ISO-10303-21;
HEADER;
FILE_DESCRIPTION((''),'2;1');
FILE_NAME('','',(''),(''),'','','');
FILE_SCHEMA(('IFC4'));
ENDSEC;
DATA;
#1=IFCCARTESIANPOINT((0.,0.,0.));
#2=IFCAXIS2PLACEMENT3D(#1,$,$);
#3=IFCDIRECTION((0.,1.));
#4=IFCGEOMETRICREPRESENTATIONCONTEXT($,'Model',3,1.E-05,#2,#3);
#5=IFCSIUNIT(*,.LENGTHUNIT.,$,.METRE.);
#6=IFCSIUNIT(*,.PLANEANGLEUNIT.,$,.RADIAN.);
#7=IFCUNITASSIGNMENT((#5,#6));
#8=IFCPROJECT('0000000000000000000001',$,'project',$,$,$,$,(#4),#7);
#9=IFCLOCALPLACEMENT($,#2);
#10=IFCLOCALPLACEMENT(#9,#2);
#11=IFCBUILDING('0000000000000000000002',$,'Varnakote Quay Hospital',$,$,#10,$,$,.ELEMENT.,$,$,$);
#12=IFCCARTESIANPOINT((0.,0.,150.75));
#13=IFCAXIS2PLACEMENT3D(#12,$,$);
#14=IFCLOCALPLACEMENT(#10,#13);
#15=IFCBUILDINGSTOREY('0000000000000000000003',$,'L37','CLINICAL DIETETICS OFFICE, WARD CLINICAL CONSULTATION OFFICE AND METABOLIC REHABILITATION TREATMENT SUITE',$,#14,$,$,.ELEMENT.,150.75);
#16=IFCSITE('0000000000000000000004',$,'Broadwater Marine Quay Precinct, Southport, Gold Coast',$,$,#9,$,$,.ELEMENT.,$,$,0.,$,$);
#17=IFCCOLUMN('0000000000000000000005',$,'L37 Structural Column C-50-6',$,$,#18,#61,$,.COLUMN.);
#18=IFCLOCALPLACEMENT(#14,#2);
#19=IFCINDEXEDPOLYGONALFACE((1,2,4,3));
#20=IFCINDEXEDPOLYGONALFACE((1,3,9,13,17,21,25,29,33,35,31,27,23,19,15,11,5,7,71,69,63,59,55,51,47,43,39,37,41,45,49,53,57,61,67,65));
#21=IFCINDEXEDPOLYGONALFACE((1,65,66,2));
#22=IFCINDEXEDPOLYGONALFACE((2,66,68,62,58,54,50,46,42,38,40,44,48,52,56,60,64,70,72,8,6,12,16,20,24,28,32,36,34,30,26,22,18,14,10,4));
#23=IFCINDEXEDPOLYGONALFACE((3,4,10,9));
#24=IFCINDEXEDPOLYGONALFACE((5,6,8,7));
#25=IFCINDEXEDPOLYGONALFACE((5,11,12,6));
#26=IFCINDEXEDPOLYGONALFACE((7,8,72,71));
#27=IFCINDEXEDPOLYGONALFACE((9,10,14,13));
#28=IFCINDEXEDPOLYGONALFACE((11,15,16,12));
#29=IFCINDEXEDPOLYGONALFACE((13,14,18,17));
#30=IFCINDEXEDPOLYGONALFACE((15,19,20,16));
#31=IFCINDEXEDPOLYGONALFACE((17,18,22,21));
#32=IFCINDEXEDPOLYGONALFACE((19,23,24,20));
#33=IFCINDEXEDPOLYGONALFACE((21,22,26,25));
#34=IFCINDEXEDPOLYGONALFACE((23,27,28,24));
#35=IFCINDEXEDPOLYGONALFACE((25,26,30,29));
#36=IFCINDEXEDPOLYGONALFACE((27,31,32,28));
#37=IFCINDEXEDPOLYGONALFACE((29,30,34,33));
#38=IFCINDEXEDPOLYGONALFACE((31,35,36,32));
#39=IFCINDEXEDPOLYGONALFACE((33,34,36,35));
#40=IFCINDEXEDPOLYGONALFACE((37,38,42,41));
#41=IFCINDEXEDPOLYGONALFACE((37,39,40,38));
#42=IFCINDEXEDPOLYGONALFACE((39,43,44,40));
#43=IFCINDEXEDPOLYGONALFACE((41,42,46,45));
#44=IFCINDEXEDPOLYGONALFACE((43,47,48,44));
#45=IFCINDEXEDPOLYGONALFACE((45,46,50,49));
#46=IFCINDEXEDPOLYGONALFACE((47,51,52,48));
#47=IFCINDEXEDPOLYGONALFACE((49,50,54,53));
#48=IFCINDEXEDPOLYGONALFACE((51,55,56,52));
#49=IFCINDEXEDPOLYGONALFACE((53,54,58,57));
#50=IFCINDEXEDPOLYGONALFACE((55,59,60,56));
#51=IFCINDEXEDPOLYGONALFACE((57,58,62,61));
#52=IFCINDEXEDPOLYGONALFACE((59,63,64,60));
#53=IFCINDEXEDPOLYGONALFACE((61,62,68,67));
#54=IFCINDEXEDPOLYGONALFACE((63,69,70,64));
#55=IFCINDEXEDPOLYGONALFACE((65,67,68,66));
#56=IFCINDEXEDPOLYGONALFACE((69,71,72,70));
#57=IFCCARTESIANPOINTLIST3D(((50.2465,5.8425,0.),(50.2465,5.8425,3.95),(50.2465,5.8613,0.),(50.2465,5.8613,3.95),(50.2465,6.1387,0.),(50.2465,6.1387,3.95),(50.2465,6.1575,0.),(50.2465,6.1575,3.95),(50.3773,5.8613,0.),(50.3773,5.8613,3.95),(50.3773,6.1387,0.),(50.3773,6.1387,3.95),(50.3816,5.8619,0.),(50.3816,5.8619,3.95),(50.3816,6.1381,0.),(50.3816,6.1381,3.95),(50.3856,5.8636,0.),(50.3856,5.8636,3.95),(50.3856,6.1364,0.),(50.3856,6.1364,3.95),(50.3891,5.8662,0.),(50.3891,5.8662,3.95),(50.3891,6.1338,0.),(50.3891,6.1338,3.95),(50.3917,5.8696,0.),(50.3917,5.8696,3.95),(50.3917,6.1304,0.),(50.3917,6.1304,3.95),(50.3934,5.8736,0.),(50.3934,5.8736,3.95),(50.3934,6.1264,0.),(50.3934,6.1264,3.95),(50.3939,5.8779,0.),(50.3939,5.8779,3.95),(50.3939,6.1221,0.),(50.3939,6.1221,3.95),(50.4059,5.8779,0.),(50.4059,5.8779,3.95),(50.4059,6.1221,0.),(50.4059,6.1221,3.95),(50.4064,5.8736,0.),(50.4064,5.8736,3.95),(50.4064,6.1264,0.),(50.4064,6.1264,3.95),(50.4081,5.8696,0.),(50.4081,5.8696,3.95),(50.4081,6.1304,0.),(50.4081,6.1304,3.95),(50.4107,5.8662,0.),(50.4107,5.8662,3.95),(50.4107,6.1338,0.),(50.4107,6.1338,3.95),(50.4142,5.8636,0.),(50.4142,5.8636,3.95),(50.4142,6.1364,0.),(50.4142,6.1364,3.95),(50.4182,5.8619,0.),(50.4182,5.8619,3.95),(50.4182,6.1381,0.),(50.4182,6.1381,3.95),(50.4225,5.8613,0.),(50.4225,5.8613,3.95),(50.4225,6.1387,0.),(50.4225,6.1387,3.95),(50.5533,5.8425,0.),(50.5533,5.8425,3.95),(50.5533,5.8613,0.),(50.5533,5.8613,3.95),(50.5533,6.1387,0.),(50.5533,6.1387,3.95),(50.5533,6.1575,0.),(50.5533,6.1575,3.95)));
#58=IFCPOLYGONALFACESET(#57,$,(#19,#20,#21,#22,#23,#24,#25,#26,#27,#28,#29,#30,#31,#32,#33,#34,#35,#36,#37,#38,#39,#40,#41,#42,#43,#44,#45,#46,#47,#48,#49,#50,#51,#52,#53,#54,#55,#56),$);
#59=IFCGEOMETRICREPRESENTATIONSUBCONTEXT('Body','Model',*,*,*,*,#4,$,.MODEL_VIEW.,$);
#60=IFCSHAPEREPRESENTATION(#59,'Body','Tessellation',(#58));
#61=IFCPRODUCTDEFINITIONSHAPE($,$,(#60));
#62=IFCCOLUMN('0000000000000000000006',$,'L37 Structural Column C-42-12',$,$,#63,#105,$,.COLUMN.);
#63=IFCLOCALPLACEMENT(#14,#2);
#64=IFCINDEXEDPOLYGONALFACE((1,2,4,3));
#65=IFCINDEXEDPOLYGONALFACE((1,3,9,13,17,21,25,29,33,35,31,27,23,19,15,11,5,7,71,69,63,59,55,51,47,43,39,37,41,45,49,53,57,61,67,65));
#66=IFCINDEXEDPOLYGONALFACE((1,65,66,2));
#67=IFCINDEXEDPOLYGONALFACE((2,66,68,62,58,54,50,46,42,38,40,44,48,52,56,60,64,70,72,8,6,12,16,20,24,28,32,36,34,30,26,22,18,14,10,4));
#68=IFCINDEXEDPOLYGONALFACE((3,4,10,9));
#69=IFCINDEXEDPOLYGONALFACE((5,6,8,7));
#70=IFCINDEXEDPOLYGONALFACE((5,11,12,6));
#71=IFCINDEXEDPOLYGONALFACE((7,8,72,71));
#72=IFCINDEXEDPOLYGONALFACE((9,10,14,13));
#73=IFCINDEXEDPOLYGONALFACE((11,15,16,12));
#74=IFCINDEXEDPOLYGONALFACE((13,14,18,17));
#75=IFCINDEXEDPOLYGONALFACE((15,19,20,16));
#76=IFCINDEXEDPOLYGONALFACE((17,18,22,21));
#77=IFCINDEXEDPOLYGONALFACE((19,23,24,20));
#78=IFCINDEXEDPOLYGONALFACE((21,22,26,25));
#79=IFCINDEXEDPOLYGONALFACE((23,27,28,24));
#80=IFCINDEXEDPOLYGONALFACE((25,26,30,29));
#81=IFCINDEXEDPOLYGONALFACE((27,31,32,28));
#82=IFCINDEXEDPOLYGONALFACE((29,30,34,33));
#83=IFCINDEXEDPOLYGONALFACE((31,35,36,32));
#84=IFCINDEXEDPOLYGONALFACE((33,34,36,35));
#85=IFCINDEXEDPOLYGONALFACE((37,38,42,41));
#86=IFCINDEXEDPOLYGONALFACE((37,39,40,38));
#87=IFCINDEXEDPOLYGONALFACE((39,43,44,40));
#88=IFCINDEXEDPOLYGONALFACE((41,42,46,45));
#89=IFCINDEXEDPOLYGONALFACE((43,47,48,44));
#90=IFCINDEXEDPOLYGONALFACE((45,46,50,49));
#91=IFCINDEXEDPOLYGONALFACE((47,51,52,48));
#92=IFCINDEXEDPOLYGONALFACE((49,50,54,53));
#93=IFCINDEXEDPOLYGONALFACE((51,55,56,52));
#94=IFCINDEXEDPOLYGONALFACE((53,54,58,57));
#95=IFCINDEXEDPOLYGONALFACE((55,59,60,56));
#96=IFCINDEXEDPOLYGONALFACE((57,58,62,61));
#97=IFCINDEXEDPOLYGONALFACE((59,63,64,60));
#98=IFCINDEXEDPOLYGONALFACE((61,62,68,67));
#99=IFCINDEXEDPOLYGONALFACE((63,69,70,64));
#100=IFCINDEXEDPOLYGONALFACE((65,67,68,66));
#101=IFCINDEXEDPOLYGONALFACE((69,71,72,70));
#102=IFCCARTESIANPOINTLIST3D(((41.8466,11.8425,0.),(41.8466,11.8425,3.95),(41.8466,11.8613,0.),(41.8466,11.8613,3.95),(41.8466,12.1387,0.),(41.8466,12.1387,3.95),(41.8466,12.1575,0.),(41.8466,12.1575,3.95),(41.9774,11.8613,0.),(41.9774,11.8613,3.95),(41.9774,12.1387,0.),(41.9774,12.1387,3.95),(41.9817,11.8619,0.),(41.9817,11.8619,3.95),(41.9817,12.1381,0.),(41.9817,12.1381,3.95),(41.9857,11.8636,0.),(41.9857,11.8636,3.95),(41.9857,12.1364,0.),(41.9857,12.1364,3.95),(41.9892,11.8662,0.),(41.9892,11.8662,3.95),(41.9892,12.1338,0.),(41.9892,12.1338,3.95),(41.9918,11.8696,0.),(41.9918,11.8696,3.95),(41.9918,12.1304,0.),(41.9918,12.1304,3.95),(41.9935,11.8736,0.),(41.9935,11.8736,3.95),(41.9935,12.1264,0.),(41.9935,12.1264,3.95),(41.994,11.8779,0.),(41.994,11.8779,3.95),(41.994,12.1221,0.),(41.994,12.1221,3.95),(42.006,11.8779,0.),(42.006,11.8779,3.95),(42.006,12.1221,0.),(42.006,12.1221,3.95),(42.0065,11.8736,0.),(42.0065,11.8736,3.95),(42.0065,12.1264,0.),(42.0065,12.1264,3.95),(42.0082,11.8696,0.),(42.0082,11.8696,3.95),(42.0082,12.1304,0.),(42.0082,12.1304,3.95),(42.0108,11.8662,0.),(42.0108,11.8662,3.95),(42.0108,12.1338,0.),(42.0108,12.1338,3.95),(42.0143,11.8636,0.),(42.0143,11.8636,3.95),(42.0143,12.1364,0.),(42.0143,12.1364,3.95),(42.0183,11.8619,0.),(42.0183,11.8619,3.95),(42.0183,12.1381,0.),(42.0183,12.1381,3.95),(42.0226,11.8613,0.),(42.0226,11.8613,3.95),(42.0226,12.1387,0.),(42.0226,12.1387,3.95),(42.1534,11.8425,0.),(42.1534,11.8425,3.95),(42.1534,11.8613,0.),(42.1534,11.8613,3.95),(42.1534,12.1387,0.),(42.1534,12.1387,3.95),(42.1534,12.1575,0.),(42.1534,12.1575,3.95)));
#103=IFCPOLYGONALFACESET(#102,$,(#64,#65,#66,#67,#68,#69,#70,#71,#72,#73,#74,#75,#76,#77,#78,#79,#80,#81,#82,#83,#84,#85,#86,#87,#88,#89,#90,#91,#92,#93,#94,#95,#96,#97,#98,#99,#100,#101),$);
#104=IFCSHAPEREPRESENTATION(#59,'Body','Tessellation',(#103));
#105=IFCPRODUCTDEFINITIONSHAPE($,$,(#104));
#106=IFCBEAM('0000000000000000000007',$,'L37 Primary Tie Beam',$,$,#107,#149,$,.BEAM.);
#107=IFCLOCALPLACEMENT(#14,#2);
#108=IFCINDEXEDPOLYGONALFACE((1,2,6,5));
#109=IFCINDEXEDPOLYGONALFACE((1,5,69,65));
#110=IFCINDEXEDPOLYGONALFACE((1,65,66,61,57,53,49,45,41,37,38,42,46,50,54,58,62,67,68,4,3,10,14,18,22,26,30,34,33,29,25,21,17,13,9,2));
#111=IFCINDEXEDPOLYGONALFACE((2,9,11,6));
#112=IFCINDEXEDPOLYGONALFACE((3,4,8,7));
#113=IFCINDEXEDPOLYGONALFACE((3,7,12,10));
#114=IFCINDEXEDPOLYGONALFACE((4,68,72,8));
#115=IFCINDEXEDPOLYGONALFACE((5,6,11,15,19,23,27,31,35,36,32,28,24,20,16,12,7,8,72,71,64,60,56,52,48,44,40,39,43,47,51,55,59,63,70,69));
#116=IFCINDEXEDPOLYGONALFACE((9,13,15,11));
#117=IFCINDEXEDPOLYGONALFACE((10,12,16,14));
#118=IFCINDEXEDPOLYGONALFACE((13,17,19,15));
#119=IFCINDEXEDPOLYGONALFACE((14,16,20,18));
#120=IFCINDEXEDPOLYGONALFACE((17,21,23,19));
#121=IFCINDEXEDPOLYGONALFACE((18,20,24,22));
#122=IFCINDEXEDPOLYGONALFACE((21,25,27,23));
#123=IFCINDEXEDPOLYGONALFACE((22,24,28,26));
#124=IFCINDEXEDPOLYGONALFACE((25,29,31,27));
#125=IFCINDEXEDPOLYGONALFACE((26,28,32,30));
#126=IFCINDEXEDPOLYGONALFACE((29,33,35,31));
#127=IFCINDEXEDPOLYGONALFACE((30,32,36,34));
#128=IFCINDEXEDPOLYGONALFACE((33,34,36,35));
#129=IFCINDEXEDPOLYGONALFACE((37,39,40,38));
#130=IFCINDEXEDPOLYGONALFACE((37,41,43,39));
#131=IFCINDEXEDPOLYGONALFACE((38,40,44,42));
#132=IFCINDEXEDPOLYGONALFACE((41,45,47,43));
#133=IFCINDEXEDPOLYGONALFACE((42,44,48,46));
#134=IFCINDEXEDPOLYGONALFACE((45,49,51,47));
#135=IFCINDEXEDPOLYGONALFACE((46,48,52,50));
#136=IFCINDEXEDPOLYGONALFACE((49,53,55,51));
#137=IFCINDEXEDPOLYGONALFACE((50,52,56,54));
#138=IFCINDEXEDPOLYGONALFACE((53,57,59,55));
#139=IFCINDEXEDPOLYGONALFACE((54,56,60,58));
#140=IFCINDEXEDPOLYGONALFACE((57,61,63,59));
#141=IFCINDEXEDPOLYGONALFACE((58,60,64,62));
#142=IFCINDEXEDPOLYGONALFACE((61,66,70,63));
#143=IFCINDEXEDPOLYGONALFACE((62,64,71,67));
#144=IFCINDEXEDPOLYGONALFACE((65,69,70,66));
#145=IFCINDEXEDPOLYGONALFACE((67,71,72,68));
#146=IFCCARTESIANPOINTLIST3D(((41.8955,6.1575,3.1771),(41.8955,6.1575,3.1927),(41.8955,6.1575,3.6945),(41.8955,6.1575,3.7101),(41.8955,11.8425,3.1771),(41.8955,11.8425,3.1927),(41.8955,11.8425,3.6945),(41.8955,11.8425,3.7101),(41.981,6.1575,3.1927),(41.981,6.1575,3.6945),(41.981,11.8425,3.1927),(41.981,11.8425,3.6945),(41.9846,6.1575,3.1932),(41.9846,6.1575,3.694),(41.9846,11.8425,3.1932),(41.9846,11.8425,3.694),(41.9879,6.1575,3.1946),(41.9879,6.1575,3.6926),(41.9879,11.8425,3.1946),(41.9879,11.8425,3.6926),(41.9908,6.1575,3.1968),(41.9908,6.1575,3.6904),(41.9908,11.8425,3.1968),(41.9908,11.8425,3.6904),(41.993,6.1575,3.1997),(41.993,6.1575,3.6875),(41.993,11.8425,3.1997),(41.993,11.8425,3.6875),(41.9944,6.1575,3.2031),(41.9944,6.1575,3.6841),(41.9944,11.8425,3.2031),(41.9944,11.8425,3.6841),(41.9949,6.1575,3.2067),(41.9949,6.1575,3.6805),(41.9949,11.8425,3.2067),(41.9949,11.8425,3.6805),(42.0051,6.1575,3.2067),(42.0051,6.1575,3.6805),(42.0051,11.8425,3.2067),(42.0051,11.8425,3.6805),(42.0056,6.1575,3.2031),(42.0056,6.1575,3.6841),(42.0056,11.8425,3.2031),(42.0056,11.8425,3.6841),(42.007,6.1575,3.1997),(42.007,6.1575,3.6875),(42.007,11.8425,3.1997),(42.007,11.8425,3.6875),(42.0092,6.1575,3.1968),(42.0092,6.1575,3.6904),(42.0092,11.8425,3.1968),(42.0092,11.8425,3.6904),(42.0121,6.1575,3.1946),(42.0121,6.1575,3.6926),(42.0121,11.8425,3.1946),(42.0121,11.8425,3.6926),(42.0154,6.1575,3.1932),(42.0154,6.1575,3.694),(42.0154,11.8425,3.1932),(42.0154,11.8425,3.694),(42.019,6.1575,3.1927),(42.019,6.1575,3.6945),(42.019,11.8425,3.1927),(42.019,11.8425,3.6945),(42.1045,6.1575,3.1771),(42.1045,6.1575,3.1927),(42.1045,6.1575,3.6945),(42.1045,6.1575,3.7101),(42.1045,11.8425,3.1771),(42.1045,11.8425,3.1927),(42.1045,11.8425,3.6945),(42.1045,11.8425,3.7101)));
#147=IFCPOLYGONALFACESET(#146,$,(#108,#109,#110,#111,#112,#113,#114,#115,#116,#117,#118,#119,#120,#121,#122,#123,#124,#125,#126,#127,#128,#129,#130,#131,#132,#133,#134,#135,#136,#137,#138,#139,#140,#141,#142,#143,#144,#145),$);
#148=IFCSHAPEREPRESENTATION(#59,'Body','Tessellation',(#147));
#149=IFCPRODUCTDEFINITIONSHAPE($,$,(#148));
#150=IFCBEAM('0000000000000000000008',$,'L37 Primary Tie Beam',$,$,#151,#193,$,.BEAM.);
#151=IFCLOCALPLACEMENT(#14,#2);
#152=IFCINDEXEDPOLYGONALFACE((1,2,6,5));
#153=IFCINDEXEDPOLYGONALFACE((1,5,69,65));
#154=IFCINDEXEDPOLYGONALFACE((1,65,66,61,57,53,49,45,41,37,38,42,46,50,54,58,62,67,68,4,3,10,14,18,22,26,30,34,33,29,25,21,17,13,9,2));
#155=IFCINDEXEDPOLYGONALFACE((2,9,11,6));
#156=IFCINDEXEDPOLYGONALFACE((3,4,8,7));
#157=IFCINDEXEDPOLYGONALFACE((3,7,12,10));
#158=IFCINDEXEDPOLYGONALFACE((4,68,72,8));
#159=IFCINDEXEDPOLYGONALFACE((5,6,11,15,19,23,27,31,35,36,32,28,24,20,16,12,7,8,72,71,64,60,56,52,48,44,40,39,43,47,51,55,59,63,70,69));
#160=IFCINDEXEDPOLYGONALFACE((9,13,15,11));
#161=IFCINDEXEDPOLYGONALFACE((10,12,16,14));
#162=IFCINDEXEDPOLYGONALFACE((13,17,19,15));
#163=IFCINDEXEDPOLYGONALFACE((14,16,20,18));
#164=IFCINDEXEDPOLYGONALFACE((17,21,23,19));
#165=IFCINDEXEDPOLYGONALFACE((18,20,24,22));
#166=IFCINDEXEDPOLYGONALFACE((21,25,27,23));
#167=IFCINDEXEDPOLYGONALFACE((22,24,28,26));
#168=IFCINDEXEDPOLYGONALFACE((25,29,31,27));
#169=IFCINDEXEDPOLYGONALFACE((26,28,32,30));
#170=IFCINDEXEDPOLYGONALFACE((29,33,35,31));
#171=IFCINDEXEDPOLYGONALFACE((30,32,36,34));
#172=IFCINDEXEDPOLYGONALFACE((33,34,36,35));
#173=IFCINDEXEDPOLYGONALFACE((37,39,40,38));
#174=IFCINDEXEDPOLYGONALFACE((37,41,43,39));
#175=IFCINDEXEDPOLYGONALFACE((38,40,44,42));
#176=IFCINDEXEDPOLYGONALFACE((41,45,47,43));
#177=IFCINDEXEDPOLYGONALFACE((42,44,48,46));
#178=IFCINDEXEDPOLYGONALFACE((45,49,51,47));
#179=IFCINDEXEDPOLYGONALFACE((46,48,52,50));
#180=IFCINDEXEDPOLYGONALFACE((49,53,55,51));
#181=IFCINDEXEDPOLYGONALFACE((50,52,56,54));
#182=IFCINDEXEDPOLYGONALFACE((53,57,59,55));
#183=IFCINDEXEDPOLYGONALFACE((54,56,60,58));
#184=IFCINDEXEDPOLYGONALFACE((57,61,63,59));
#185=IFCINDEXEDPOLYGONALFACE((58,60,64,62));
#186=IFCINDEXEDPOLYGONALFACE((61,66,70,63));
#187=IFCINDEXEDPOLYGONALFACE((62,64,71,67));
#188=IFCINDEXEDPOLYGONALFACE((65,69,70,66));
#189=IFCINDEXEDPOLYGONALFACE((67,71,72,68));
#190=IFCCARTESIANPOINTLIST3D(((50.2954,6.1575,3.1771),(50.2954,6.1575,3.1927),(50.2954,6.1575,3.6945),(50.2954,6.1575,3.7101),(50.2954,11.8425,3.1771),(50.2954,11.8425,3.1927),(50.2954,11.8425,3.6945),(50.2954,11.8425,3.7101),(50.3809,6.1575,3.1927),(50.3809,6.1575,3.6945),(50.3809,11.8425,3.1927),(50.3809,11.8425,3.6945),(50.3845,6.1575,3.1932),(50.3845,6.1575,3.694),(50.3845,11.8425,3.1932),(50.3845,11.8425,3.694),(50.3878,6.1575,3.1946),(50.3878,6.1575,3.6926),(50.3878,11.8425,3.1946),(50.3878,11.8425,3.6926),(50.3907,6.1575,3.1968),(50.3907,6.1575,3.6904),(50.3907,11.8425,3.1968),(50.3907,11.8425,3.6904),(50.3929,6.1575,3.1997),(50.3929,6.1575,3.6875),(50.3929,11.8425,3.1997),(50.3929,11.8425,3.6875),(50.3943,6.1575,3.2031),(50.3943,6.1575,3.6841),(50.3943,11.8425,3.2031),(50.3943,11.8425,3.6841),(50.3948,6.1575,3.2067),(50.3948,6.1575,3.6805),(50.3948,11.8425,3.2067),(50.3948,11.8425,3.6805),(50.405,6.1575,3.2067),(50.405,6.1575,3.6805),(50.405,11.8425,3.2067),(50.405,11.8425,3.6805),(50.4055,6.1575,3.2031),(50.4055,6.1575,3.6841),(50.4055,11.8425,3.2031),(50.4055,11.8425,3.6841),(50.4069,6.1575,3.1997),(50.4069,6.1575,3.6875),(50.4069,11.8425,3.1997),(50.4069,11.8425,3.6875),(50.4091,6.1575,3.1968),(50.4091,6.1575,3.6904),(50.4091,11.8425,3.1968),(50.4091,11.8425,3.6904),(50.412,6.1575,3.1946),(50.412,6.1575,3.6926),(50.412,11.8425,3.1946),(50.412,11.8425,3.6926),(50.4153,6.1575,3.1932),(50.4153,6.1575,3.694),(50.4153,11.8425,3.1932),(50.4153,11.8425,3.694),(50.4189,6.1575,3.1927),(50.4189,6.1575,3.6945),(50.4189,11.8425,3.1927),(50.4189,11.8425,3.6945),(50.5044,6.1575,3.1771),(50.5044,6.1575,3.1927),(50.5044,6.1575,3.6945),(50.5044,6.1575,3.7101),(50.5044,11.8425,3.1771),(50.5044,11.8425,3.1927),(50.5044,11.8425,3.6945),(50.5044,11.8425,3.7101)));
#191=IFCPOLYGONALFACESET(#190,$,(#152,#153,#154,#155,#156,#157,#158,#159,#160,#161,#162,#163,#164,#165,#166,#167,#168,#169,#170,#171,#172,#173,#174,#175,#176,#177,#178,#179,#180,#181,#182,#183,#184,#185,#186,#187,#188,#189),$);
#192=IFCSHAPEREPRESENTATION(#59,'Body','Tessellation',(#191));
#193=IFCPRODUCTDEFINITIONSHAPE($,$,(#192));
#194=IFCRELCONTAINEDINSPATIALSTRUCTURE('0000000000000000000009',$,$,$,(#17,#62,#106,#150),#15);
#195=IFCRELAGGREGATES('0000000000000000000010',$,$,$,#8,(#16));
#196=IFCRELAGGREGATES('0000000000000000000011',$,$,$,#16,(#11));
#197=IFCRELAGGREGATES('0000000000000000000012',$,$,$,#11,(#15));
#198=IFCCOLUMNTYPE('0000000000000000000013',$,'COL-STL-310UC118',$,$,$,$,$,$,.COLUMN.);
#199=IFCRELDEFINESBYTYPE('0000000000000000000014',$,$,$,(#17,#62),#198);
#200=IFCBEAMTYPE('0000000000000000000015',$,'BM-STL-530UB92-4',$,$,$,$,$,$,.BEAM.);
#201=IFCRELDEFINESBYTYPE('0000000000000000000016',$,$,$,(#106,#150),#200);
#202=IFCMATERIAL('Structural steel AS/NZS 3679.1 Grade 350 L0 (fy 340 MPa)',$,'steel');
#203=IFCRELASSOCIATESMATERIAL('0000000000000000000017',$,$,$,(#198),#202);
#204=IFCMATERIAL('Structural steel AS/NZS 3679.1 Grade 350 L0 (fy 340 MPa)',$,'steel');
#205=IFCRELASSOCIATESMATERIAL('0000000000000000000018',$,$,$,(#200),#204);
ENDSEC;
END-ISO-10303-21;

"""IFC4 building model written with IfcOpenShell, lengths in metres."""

from ifc_helpers import new_model, si_unit, direction, frame, origin, origin_2d, place, context, subcontext, project, spatial, i_section, extrude, material, material_profile, profile_set, type_object, element, save


model = new_model("IFC4")

# Units and contexts
model_context = context("Model", 3, precision=1e-05, world=origin(), true_north=direction((0.0, 1.0)))
body_context = subcontext(model_context, "Body", "Model", "MODEL_VIEW")
ifc_project = project(units=[si_unit("LENGTHUNIT", "METRE"), si_unit("PLANEANGLEUNIT", "RADIAN")], contexts=[model_context])

# Site, building, storey
site_placement = place(None, origin())
site = spatial("IfcSite", under=ifc_project, at=site_placement, Name="Broadwater Marine Quay Precinct, Southport, Gold Coast", CompositionType="ELEMENT", RefElevation=0.0)
building_placement = place(site_placement, origin())
building = spatial("IfcBuilding", under=site, at=building_placement, Name="Varnakote Quay Hospital", CompositionType="ELEMENT")
storey_placement = place(building_placement, frame((0.0, 0.0, 150.75)))
storey = spatial("IfcBuildingStorey", under=building, at=storey_placement, Name="L37", Description="CLINICAL DIETETICS OFFICE, WARD CLINICAL CONSULTATION OFFICE AND METABOLIC REHABILITATION TREATMENT SUITE", CompositionType="ELEMENT", Elevation=150.75)

# Columns
ifc_material_1 = material(Name="Structural steel AS/NZS 3679.1 Grade 350 L0 (fy 340 MPa)", Category="steel")
ifc_material_profile_1 = material_profile(ifc_material_1, i_section(OverallWidth=0.3069, OverallDepth=0.3149, WebThickness=0.012, FlangeThickness=0.0188, FilletRadius=0.0166, at=origin_2d()), Name="310UC118")
ifc_profile_set_1 = profile_set([ifc_material_profile_1], Name="Structural steel AS/NZS 3679.1 Grade 350 L0 (fy 340 MPa)")
column_type = type_object("IfcColumnType", Name="COL-STL-310UC118", PredefinedType="COLUMN", material=ifc_profile_set_1)
for number, where, z_axis, x_axis, name in (
    (1, (50.3999, 6.0, 0.0), (0.0, 0.0, 1.0), (1.0, 0.0, 0.0), "L37 Structural Column C-50-6"),
    (2, (42.0, 12.0, 0.0), (0.0, 0.0, 1.0), (1.0, 0.0, 0.0), "L37 Structural Column C-42-12"),
):
    element("IfcColumn", number, at=place(storey_placement, frame(where, z_axis=z_axis, x_axis=x_axis)), inside=storey, type_object=column_type, Name=name, PredefinedType="COLUMN", context=body_context, shape_type="SweptSolid", body=[
        extrude(i_section(OverallWidth=0.3069, OverallDepth=0.3149, WebThickness=0.012, FlangeThickness=0.0188, FilletRadius=0.0166, at=origin_2d()), origin(), (0.0, 0.0, 1.0), 3.95),
    ])

# Beams
ifc_material_2 = material(Name="Structural steel AS/NZS 3679.1 Grade 350 L0 (fy 340 MPa)", Category="steel")
ifc_material_profile_2 = material_profile(ifc_material_2, i_section(OverallWidth=0.209, OverallDepth=0.533, WebThickness=0.0103, FlangeThickness=0.0156, FilletRadius=0.0139, at=origin_2d()), Name="530UB92.4")
ifc_profile_set_2 = profile_set([ifc_material_profile_2], Name="Structural steel AS/NZS 3679.1 Grade 350 L0 (fy 340 MPa)")
beam_type = type_object("IfcBeamType", Name="BM-STL-530UB92-4", PredefinedType="BEAM", material=ifc_profile_set_2)
for number, where, z_axis, x_axis, name in (
    (3, (42.0, 6.1575, 3.4436), (0.0, 1.0, 0.0), (-1.0, 0.0, 0.0), "L37 Primary Tie Beam"),
    (4, (50.3999, 6.1575, 3.4436), (0.0, 1.0, 0.0), (-1.0, 0.0, 0.0), "L37 Primary Tie Beam"),
):
    element("IfcBeam", number, at=place(storey_placement, frame(where, z_axis=z_axis, x_axis=x_axis)), inside=storey, type_object=beam_type, Name=name, PredefinedType="BEAM", context=body_context, shape_type="SweptSolid", body=[
        extrude(i_section(OverallWidth=0.209, OverallDepth=0.533, WebThickness=0.0103, FlangeThickness=0.0156, FilletRadius=0.0139, at=origin_2d()), origin(), (0.0, 0.0, 1.0), 5.6851),
    ])

save(model, "model.ifc")
